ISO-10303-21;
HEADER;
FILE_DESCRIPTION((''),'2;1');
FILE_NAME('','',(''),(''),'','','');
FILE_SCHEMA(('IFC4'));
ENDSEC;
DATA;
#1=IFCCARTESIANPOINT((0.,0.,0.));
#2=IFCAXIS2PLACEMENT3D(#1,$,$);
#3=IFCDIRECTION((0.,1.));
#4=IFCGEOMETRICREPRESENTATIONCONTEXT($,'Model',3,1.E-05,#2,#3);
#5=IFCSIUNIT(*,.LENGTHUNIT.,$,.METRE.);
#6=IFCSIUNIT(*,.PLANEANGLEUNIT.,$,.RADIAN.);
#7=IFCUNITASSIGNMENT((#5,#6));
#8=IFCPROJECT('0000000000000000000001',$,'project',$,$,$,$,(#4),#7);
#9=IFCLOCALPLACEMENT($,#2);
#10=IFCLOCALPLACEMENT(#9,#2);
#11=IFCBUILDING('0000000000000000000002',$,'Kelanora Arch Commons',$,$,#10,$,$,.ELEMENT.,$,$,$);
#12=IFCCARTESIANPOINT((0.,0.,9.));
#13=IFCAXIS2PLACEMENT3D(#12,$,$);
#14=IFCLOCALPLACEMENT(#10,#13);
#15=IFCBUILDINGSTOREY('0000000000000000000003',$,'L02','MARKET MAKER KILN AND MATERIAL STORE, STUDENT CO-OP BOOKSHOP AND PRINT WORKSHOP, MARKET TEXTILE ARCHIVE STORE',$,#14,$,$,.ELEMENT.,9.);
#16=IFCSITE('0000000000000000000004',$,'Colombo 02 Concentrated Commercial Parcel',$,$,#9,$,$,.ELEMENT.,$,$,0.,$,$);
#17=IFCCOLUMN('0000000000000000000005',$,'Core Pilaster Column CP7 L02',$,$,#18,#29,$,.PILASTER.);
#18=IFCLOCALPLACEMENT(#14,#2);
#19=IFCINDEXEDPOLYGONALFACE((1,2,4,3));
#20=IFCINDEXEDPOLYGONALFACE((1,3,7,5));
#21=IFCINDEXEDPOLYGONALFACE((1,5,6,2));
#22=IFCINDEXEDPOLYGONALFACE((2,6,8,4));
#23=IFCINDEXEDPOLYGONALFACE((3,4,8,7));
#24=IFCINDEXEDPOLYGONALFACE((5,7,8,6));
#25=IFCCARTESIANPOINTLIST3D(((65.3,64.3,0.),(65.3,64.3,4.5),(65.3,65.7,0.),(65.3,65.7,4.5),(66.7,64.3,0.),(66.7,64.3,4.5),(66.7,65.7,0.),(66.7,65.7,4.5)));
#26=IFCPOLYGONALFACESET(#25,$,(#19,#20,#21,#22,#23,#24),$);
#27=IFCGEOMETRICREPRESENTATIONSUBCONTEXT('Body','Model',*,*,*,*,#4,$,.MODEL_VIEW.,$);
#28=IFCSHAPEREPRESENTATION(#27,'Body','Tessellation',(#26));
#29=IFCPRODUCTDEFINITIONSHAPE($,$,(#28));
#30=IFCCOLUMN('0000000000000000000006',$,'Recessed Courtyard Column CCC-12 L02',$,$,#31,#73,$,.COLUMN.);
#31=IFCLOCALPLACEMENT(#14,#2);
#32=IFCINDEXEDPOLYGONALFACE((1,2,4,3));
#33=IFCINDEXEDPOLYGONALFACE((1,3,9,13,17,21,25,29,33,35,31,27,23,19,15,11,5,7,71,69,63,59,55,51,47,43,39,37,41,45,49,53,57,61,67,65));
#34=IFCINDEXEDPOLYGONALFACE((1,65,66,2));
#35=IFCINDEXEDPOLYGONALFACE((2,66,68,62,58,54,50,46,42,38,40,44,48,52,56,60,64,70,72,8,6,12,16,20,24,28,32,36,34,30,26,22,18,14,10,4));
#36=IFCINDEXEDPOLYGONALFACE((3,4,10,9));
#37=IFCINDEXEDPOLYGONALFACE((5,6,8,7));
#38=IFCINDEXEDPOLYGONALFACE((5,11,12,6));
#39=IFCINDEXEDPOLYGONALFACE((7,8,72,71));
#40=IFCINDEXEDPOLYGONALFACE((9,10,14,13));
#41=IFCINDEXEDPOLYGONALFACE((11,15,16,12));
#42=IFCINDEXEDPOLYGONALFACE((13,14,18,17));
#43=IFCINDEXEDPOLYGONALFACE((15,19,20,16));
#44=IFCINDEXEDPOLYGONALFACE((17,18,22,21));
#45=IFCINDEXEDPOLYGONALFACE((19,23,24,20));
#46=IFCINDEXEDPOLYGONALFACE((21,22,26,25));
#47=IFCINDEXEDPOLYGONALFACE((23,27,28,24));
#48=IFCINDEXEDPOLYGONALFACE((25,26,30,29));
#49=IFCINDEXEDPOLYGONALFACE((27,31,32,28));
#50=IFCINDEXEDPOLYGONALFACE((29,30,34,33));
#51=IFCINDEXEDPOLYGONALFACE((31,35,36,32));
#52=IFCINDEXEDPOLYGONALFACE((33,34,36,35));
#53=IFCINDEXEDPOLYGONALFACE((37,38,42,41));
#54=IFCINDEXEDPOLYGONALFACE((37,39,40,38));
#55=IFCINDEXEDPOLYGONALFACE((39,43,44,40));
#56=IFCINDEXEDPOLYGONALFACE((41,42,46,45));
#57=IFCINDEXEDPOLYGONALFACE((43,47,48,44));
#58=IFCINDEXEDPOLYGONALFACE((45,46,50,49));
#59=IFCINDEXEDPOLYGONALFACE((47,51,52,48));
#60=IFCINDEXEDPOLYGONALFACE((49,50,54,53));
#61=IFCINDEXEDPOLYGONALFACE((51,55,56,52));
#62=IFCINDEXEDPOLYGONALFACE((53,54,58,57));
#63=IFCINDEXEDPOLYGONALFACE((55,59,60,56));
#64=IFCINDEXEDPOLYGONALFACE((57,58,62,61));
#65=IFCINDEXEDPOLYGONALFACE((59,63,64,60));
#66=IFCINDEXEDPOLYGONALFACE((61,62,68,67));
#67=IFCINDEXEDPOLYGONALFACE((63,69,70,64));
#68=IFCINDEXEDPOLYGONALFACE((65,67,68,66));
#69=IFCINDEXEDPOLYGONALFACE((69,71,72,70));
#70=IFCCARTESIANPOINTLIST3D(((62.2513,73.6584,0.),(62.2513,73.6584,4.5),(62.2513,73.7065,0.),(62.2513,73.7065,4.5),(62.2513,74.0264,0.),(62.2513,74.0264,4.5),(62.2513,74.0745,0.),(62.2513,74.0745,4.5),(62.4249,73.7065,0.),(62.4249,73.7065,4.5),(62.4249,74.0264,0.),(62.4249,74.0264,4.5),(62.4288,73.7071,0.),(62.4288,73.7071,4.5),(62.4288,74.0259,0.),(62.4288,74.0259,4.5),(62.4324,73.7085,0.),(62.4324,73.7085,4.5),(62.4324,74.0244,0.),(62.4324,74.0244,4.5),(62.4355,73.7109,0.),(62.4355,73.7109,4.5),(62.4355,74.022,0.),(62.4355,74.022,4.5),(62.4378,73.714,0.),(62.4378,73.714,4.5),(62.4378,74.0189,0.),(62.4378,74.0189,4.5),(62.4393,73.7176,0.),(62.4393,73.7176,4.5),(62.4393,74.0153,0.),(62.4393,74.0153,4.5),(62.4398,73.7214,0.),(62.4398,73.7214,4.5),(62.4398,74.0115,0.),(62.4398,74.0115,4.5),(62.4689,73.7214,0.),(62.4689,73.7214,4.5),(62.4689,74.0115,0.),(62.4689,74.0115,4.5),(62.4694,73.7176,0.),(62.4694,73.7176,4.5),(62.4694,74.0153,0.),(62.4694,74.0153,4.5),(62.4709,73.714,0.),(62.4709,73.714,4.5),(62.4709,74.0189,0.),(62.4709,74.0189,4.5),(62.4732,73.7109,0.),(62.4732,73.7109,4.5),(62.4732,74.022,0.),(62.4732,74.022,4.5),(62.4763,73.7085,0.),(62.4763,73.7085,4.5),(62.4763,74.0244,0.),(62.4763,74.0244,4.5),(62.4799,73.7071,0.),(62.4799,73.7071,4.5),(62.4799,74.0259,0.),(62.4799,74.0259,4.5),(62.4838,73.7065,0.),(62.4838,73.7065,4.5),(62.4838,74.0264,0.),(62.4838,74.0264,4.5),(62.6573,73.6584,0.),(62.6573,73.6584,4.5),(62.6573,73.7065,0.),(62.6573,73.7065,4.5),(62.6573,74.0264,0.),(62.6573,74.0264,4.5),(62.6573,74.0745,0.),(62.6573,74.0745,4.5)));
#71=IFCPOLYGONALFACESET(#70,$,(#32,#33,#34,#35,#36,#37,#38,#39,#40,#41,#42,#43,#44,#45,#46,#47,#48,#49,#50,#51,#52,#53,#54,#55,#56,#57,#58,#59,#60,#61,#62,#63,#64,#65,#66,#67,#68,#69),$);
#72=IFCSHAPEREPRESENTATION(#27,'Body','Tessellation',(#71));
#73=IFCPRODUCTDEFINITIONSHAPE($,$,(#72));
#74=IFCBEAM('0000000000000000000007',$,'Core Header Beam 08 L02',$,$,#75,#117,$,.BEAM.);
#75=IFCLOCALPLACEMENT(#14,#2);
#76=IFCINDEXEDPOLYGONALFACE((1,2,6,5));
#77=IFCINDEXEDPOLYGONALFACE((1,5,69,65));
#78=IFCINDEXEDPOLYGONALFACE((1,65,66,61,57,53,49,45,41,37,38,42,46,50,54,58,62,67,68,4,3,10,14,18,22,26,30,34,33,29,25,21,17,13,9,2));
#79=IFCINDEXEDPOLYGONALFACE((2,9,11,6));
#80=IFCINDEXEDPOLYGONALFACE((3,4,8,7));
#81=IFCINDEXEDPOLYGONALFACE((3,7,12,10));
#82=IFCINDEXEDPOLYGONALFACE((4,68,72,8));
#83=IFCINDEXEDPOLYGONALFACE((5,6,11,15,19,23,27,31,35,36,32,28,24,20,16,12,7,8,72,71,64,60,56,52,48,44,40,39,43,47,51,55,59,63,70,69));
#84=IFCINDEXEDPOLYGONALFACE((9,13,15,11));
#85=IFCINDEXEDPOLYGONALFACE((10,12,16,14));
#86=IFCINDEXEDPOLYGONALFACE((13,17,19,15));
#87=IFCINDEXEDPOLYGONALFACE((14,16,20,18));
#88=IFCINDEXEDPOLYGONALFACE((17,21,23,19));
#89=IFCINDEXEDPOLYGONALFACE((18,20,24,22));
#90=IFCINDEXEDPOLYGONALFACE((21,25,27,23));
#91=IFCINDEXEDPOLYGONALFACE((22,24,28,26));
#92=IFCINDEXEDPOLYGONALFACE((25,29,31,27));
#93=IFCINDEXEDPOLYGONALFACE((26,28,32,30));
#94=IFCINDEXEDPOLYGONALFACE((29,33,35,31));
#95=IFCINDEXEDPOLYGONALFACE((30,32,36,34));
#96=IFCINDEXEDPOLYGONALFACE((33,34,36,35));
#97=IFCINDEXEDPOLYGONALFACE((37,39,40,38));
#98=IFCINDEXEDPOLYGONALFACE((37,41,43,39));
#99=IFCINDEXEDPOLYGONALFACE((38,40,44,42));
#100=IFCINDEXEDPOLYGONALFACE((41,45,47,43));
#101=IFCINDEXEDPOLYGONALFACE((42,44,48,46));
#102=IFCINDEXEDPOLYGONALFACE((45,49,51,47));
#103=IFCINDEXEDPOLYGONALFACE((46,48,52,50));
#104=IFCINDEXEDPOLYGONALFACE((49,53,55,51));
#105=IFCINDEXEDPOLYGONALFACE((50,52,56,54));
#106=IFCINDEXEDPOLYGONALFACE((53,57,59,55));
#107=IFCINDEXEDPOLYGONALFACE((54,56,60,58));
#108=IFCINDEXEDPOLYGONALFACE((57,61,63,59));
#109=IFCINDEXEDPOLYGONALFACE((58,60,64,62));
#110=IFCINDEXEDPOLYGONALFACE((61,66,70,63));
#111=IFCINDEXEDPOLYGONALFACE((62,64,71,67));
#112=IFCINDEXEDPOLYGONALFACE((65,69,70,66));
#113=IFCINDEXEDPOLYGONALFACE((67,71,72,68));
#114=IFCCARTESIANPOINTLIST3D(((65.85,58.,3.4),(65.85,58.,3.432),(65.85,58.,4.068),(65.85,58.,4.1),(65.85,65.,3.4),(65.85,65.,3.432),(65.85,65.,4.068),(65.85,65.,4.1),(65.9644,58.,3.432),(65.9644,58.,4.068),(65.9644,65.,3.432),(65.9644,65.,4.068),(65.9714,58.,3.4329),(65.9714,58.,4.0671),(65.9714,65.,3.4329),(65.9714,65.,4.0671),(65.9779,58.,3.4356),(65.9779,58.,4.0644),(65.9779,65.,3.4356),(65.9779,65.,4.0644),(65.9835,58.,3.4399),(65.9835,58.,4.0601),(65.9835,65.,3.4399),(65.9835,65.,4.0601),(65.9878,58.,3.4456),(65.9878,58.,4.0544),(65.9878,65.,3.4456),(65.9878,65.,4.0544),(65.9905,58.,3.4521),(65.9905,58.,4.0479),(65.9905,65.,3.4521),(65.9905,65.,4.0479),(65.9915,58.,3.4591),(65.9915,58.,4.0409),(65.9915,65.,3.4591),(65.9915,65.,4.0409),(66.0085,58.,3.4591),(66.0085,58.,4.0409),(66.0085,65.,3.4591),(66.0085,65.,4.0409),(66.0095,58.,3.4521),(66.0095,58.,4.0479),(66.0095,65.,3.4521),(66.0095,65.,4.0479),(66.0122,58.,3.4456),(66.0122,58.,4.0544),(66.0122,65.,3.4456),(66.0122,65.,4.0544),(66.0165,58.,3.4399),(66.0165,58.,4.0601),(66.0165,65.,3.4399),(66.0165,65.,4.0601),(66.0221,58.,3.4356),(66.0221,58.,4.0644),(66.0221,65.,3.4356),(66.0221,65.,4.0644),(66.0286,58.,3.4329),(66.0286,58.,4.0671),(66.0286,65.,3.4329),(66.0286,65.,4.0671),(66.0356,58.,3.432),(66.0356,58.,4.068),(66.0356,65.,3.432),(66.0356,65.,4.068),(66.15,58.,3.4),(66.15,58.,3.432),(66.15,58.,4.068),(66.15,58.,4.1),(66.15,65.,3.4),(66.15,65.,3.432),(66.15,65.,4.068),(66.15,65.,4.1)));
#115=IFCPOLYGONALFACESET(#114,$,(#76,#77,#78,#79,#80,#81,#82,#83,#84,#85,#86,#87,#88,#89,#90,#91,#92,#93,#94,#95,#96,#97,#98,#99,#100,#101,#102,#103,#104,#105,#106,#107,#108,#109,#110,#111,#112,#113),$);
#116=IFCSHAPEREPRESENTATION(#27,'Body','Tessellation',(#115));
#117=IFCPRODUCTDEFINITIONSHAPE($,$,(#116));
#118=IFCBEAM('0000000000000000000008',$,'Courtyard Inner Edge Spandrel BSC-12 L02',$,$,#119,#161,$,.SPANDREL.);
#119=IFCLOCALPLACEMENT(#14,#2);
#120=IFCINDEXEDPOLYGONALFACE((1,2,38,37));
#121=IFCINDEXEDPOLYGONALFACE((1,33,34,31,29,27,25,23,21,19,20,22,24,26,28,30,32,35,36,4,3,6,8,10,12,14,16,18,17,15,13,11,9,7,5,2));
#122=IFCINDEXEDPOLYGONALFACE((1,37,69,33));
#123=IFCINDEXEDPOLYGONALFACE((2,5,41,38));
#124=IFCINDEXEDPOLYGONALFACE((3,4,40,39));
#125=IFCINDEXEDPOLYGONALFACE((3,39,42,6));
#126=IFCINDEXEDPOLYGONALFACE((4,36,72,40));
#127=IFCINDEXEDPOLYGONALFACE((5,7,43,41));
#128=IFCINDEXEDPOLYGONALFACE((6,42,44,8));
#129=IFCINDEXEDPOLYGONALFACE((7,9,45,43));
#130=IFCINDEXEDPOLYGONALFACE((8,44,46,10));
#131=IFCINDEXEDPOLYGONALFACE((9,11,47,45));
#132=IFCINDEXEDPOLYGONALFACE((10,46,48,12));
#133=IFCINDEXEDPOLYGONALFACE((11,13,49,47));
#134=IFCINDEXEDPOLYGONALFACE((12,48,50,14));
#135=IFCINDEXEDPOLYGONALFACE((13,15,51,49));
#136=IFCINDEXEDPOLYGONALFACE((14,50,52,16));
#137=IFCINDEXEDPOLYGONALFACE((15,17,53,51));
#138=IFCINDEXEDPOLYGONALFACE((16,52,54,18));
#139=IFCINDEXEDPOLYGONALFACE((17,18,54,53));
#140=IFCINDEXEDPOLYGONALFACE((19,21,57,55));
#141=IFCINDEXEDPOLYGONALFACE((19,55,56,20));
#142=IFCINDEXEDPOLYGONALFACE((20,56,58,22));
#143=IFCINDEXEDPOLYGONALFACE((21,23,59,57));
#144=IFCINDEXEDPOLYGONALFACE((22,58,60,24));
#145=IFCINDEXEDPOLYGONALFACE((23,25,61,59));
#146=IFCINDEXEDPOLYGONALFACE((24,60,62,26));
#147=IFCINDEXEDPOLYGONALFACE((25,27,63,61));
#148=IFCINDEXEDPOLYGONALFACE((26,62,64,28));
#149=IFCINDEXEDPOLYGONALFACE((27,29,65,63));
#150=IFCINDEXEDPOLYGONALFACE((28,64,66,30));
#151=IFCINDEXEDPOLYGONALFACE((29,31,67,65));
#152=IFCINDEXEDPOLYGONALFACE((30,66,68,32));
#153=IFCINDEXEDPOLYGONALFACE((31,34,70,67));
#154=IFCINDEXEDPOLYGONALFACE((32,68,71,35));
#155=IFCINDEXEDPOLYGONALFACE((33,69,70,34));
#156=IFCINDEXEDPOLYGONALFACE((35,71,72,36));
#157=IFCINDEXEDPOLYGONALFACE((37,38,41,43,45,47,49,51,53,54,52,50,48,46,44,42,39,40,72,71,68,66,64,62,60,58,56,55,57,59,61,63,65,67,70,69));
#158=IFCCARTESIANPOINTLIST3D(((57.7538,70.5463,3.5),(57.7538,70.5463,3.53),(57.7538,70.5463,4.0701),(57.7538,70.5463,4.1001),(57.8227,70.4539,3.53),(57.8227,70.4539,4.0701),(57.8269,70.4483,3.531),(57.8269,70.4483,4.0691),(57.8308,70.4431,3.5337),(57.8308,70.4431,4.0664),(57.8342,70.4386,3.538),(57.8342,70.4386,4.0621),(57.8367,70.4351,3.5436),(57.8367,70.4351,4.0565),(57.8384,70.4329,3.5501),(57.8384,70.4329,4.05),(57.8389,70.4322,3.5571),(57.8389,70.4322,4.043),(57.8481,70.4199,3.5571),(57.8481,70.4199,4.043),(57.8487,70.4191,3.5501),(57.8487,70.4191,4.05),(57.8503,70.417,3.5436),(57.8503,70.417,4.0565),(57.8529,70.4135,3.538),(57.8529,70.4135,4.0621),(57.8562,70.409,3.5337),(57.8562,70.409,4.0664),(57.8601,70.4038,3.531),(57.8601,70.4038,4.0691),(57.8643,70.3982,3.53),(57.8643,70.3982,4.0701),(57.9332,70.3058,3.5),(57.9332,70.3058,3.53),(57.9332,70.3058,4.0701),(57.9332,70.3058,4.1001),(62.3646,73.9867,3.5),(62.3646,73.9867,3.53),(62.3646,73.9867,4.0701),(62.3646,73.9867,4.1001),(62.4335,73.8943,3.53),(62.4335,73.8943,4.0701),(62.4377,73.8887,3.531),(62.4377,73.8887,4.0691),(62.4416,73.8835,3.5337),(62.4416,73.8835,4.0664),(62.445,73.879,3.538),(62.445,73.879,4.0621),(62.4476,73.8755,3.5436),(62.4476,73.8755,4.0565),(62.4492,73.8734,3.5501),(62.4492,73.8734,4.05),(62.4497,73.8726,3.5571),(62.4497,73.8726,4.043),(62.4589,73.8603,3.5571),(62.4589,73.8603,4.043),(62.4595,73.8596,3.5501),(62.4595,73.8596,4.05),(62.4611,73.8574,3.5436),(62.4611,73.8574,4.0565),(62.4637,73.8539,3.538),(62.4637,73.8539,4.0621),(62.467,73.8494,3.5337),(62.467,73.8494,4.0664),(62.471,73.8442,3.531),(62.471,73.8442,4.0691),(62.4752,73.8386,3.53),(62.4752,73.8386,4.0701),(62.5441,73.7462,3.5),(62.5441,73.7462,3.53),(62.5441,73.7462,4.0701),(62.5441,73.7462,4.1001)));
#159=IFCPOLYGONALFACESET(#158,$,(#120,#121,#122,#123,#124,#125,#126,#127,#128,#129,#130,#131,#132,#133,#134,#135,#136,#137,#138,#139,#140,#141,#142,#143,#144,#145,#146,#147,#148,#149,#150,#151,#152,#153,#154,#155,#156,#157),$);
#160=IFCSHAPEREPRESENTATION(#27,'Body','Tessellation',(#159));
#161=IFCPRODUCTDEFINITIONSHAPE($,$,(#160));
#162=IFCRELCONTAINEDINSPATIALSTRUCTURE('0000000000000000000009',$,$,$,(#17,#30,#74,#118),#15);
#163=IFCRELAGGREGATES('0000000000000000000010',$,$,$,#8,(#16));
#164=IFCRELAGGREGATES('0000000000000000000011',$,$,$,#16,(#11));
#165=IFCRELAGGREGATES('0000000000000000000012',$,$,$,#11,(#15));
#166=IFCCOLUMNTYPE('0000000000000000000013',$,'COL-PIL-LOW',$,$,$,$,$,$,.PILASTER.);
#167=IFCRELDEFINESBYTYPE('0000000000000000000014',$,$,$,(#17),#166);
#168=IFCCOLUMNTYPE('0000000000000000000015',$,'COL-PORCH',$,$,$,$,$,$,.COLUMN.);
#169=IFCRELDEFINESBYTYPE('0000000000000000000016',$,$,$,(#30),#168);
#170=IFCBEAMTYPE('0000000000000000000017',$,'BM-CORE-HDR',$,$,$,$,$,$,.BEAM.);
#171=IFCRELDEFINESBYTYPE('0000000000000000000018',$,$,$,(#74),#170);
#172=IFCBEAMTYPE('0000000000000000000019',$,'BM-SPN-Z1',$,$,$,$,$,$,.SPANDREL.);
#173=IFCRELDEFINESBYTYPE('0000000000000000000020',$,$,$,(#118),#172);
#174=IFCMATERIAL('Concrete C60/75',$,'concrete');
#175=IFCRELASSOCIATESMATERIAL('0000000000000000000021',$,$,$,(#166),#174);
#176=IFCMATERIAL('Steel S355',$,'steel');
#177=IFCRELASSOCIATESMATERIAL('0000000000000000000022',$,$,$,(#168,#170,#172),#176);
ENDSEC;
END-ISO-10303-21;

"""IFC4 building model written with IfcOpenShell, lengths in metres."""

from ifc_helpers import new_model, si_unit, direction, frame, origin, origin_2d, place, context, subcontext, project, spatial, rectangle, i_section, extrude, material, material_profile, profile_set, type_object, element, save


model = new_model("IFC4")

# Units and contexts
model_context = context("Model", 3, precision=1e-05, world=origin(), true_north=direction((0.0, 1.0)))
body_context = subcontext(model_context, "Body", "Model", "MODEL_VIEW")
ifc_project = project(units=[si_unit("LENGTHUNIT", "METRE"), si_unit("PLANEANGLEUNIT", "RADIAN")], contexts=[model_context])

# Site, building, storey
site_placement = place(None, origin())
site = spatial("IfcSite", under=ifc_project, at=site_placement, Name="Colombo 02 Concentrated Commercial Parcel", CompositionType="ELEMENT", RefElevation=0.0)
building_placement = place(site_placement, origin())
building = spatial("IfcBuilding", under=site, at=building_placement, Name="Kelanora Arch Commons", CompositionType="ELEMENT")
storey_placement = place(building_placement, frame((0.0, 0.0, 9.0)))
storey = spatial("IfcBuildingStorey", under=building, at=storey_placement, Name="L02", Description="MARKET MAKER KILN AND MATERIAL STORE, STUDENT CO-OP BOOKSHOP AND PRINT WORKSHOP, MARKET TEXTILE ARCHIVE STORE", CompositionType="ELEMENT", Elevation=9.0)

# Columns
ifc_material_1 = material(Name="Concrete C60/75", Category="concrete")
ifc_material_profile_1 = material_profile(ifc_material_1, rectangle(XDim=1.3999, YDim=1.3999, at=origin_2d()), Name="RC1400x1400")
ifc_profile_set_1 = profile_set([ifc_material_profile_1], Name="Concrete C60/75")
column_type_1 = type_object("IfcColumnType", Name="COL-PIL-LOW", PredefinedType="PILASTER", material=ifc_profile_set_1)
column_1_placement = place(storey_placement, frame((66.0, 65.0, 0.0), z_axis=(0.0, 0.0, 1.0), x_axis=(1.0, 0.0, 0.0)))
element("IfcColumn", 1, at=column_1_placement, inside=storey, type_object=column_type_1, Name="Core Pilaster Column CP7 L02", PredefinedType="PILASTER", context=body_context, shape_type="SweptSolid", body=[
    extrude(rectangle(XDim=1.3999, YDim=1.3999, at=origin_2d()), origin(), (0.0, 0.0, 1.0), 4.5),
])
ifc_material_2 = material(Name="Steel S355", Category="steel")
ifc_material_profile_2 = material_profile(ifc_material_2, i_section(OverallWidth=0.406, OverallDepth=0.416, WebThickness=0.0291, FlangeThickness=0.0481, FilletRadius=0.0149, at=origin_2d()), Name="HD400x382")
ifc_profile_set_2 = profile_set([ifc_material_profile_2], Name="Steel S355")
column_type_2 = type_object("IfcColumnType", Name="COL-PORCH", PredefinedType="COLUMN", material=ifc_profile_set_2)
column_2_placement = place(storey_placement, frame((62.4543, 73.8665, 0.0), z_axis=(0.0, 0.0, 1.0), x_axis=(1.0, 0.0, 0.0)))
element("IfcColumn", 2, at=column_2_placement, inside=storey, type_object=column_type_2, Name="Recessed Courtyard Column CCC-12 L02", PredefinedType="COLUMN", context=body_context, shape_type="SweptSolid", body=[
    extrude(i_section(OverallWidth=0.406, OverallDepth=0.416, WebThickness=0.0291, FlangeThickness=0.0481, FilletRadius=0.0149, at=origin_2d()), origin(), (0.0, 0.0, 1.0), 4.5),
])

# Beams
ifc_material_profile_3 = material_profile(ifc_material_2, i_section(OverallWidth=0.3, OverallDepth=0.7, WebThickness=0.0171, FlangeThickness=0.032, FilletRadius=0.0271, at=origin_2d()), Name="HEB700")
ifc_profile_set_3 = profile_set([ifc_material_profile_3], Name="Steel S355")
beam_type_1 = type_object("IfcBeamType", Name="BM-CORE-HDR", PredefinedType="BEAM", material=ifc_profile_set_3)
beam_1_placement = place(storey_placement, frame((66.0, 65.0, 3.75), z_axis=(0.0, -1.0, 0.0), x_axis=(1.0, 0.0, 0.0)))
element("IfcBeam", 3, at=beam_1_placement, inside=storey, type_object=beam_type_1, Name="Core Header Beam 08 L02", PredefinedType="BEAM", context=body_context, shape_type="SweptSolid", body=[
    extrude(i_section(OverallWidth=0.3, OverallDepth=0.7, WebThickness=0.0171, FlangeThickness=0.032, FilletRadius=0.0271, at=origin_2d()), origin(), (0.0, 0.0, 1.0), 7.0),
])
ifc_material_profile_4 = material_profile(ifc_material_2, i_section(OverallWidth=0.3, OverallDepth=0.6001, WebThickness=0.0154, FlangeThickness=0.03, FilletRadius=0.0271, at=origin_2d()), Name="HEB600")
ifc_profile_set_4 = profile_set([ifc_material_profile_4], Name="Steel S355")
beam_type_2 = type_object("IfcBeamType", Name="BM-SPN-Z1", PredefinedType="SPANDREL", material=ifc_profile_set_4)
beam_2_placement = place(storey_placement, frame((62.4543, 73.8665, 3.8), z_axis=(-0.801474, -0.598029, 0.0), x_axis=(0.598029, -0.801474, 0.0)))
element("IfcBeam", 4, at=beam_2_placement, inside=storey, type_object=beam_type_2, Name="Courtyard Inner Edge Spandrel BSC-12 L02", PredefinedType="SPANDREL", context=body_context, shape_type="SweptSolid", body=[
    extrude(i_section(OverallWidth=0.3, OverallDepth=0.6001, WebThickness=0.0154, FlangeThickness=0.03, FilletRadius=0.0271, at=origin_2d()), origin(), (0.0, 0.0, 1.0), 5.7529),
])

save(model, "model.ifc")
